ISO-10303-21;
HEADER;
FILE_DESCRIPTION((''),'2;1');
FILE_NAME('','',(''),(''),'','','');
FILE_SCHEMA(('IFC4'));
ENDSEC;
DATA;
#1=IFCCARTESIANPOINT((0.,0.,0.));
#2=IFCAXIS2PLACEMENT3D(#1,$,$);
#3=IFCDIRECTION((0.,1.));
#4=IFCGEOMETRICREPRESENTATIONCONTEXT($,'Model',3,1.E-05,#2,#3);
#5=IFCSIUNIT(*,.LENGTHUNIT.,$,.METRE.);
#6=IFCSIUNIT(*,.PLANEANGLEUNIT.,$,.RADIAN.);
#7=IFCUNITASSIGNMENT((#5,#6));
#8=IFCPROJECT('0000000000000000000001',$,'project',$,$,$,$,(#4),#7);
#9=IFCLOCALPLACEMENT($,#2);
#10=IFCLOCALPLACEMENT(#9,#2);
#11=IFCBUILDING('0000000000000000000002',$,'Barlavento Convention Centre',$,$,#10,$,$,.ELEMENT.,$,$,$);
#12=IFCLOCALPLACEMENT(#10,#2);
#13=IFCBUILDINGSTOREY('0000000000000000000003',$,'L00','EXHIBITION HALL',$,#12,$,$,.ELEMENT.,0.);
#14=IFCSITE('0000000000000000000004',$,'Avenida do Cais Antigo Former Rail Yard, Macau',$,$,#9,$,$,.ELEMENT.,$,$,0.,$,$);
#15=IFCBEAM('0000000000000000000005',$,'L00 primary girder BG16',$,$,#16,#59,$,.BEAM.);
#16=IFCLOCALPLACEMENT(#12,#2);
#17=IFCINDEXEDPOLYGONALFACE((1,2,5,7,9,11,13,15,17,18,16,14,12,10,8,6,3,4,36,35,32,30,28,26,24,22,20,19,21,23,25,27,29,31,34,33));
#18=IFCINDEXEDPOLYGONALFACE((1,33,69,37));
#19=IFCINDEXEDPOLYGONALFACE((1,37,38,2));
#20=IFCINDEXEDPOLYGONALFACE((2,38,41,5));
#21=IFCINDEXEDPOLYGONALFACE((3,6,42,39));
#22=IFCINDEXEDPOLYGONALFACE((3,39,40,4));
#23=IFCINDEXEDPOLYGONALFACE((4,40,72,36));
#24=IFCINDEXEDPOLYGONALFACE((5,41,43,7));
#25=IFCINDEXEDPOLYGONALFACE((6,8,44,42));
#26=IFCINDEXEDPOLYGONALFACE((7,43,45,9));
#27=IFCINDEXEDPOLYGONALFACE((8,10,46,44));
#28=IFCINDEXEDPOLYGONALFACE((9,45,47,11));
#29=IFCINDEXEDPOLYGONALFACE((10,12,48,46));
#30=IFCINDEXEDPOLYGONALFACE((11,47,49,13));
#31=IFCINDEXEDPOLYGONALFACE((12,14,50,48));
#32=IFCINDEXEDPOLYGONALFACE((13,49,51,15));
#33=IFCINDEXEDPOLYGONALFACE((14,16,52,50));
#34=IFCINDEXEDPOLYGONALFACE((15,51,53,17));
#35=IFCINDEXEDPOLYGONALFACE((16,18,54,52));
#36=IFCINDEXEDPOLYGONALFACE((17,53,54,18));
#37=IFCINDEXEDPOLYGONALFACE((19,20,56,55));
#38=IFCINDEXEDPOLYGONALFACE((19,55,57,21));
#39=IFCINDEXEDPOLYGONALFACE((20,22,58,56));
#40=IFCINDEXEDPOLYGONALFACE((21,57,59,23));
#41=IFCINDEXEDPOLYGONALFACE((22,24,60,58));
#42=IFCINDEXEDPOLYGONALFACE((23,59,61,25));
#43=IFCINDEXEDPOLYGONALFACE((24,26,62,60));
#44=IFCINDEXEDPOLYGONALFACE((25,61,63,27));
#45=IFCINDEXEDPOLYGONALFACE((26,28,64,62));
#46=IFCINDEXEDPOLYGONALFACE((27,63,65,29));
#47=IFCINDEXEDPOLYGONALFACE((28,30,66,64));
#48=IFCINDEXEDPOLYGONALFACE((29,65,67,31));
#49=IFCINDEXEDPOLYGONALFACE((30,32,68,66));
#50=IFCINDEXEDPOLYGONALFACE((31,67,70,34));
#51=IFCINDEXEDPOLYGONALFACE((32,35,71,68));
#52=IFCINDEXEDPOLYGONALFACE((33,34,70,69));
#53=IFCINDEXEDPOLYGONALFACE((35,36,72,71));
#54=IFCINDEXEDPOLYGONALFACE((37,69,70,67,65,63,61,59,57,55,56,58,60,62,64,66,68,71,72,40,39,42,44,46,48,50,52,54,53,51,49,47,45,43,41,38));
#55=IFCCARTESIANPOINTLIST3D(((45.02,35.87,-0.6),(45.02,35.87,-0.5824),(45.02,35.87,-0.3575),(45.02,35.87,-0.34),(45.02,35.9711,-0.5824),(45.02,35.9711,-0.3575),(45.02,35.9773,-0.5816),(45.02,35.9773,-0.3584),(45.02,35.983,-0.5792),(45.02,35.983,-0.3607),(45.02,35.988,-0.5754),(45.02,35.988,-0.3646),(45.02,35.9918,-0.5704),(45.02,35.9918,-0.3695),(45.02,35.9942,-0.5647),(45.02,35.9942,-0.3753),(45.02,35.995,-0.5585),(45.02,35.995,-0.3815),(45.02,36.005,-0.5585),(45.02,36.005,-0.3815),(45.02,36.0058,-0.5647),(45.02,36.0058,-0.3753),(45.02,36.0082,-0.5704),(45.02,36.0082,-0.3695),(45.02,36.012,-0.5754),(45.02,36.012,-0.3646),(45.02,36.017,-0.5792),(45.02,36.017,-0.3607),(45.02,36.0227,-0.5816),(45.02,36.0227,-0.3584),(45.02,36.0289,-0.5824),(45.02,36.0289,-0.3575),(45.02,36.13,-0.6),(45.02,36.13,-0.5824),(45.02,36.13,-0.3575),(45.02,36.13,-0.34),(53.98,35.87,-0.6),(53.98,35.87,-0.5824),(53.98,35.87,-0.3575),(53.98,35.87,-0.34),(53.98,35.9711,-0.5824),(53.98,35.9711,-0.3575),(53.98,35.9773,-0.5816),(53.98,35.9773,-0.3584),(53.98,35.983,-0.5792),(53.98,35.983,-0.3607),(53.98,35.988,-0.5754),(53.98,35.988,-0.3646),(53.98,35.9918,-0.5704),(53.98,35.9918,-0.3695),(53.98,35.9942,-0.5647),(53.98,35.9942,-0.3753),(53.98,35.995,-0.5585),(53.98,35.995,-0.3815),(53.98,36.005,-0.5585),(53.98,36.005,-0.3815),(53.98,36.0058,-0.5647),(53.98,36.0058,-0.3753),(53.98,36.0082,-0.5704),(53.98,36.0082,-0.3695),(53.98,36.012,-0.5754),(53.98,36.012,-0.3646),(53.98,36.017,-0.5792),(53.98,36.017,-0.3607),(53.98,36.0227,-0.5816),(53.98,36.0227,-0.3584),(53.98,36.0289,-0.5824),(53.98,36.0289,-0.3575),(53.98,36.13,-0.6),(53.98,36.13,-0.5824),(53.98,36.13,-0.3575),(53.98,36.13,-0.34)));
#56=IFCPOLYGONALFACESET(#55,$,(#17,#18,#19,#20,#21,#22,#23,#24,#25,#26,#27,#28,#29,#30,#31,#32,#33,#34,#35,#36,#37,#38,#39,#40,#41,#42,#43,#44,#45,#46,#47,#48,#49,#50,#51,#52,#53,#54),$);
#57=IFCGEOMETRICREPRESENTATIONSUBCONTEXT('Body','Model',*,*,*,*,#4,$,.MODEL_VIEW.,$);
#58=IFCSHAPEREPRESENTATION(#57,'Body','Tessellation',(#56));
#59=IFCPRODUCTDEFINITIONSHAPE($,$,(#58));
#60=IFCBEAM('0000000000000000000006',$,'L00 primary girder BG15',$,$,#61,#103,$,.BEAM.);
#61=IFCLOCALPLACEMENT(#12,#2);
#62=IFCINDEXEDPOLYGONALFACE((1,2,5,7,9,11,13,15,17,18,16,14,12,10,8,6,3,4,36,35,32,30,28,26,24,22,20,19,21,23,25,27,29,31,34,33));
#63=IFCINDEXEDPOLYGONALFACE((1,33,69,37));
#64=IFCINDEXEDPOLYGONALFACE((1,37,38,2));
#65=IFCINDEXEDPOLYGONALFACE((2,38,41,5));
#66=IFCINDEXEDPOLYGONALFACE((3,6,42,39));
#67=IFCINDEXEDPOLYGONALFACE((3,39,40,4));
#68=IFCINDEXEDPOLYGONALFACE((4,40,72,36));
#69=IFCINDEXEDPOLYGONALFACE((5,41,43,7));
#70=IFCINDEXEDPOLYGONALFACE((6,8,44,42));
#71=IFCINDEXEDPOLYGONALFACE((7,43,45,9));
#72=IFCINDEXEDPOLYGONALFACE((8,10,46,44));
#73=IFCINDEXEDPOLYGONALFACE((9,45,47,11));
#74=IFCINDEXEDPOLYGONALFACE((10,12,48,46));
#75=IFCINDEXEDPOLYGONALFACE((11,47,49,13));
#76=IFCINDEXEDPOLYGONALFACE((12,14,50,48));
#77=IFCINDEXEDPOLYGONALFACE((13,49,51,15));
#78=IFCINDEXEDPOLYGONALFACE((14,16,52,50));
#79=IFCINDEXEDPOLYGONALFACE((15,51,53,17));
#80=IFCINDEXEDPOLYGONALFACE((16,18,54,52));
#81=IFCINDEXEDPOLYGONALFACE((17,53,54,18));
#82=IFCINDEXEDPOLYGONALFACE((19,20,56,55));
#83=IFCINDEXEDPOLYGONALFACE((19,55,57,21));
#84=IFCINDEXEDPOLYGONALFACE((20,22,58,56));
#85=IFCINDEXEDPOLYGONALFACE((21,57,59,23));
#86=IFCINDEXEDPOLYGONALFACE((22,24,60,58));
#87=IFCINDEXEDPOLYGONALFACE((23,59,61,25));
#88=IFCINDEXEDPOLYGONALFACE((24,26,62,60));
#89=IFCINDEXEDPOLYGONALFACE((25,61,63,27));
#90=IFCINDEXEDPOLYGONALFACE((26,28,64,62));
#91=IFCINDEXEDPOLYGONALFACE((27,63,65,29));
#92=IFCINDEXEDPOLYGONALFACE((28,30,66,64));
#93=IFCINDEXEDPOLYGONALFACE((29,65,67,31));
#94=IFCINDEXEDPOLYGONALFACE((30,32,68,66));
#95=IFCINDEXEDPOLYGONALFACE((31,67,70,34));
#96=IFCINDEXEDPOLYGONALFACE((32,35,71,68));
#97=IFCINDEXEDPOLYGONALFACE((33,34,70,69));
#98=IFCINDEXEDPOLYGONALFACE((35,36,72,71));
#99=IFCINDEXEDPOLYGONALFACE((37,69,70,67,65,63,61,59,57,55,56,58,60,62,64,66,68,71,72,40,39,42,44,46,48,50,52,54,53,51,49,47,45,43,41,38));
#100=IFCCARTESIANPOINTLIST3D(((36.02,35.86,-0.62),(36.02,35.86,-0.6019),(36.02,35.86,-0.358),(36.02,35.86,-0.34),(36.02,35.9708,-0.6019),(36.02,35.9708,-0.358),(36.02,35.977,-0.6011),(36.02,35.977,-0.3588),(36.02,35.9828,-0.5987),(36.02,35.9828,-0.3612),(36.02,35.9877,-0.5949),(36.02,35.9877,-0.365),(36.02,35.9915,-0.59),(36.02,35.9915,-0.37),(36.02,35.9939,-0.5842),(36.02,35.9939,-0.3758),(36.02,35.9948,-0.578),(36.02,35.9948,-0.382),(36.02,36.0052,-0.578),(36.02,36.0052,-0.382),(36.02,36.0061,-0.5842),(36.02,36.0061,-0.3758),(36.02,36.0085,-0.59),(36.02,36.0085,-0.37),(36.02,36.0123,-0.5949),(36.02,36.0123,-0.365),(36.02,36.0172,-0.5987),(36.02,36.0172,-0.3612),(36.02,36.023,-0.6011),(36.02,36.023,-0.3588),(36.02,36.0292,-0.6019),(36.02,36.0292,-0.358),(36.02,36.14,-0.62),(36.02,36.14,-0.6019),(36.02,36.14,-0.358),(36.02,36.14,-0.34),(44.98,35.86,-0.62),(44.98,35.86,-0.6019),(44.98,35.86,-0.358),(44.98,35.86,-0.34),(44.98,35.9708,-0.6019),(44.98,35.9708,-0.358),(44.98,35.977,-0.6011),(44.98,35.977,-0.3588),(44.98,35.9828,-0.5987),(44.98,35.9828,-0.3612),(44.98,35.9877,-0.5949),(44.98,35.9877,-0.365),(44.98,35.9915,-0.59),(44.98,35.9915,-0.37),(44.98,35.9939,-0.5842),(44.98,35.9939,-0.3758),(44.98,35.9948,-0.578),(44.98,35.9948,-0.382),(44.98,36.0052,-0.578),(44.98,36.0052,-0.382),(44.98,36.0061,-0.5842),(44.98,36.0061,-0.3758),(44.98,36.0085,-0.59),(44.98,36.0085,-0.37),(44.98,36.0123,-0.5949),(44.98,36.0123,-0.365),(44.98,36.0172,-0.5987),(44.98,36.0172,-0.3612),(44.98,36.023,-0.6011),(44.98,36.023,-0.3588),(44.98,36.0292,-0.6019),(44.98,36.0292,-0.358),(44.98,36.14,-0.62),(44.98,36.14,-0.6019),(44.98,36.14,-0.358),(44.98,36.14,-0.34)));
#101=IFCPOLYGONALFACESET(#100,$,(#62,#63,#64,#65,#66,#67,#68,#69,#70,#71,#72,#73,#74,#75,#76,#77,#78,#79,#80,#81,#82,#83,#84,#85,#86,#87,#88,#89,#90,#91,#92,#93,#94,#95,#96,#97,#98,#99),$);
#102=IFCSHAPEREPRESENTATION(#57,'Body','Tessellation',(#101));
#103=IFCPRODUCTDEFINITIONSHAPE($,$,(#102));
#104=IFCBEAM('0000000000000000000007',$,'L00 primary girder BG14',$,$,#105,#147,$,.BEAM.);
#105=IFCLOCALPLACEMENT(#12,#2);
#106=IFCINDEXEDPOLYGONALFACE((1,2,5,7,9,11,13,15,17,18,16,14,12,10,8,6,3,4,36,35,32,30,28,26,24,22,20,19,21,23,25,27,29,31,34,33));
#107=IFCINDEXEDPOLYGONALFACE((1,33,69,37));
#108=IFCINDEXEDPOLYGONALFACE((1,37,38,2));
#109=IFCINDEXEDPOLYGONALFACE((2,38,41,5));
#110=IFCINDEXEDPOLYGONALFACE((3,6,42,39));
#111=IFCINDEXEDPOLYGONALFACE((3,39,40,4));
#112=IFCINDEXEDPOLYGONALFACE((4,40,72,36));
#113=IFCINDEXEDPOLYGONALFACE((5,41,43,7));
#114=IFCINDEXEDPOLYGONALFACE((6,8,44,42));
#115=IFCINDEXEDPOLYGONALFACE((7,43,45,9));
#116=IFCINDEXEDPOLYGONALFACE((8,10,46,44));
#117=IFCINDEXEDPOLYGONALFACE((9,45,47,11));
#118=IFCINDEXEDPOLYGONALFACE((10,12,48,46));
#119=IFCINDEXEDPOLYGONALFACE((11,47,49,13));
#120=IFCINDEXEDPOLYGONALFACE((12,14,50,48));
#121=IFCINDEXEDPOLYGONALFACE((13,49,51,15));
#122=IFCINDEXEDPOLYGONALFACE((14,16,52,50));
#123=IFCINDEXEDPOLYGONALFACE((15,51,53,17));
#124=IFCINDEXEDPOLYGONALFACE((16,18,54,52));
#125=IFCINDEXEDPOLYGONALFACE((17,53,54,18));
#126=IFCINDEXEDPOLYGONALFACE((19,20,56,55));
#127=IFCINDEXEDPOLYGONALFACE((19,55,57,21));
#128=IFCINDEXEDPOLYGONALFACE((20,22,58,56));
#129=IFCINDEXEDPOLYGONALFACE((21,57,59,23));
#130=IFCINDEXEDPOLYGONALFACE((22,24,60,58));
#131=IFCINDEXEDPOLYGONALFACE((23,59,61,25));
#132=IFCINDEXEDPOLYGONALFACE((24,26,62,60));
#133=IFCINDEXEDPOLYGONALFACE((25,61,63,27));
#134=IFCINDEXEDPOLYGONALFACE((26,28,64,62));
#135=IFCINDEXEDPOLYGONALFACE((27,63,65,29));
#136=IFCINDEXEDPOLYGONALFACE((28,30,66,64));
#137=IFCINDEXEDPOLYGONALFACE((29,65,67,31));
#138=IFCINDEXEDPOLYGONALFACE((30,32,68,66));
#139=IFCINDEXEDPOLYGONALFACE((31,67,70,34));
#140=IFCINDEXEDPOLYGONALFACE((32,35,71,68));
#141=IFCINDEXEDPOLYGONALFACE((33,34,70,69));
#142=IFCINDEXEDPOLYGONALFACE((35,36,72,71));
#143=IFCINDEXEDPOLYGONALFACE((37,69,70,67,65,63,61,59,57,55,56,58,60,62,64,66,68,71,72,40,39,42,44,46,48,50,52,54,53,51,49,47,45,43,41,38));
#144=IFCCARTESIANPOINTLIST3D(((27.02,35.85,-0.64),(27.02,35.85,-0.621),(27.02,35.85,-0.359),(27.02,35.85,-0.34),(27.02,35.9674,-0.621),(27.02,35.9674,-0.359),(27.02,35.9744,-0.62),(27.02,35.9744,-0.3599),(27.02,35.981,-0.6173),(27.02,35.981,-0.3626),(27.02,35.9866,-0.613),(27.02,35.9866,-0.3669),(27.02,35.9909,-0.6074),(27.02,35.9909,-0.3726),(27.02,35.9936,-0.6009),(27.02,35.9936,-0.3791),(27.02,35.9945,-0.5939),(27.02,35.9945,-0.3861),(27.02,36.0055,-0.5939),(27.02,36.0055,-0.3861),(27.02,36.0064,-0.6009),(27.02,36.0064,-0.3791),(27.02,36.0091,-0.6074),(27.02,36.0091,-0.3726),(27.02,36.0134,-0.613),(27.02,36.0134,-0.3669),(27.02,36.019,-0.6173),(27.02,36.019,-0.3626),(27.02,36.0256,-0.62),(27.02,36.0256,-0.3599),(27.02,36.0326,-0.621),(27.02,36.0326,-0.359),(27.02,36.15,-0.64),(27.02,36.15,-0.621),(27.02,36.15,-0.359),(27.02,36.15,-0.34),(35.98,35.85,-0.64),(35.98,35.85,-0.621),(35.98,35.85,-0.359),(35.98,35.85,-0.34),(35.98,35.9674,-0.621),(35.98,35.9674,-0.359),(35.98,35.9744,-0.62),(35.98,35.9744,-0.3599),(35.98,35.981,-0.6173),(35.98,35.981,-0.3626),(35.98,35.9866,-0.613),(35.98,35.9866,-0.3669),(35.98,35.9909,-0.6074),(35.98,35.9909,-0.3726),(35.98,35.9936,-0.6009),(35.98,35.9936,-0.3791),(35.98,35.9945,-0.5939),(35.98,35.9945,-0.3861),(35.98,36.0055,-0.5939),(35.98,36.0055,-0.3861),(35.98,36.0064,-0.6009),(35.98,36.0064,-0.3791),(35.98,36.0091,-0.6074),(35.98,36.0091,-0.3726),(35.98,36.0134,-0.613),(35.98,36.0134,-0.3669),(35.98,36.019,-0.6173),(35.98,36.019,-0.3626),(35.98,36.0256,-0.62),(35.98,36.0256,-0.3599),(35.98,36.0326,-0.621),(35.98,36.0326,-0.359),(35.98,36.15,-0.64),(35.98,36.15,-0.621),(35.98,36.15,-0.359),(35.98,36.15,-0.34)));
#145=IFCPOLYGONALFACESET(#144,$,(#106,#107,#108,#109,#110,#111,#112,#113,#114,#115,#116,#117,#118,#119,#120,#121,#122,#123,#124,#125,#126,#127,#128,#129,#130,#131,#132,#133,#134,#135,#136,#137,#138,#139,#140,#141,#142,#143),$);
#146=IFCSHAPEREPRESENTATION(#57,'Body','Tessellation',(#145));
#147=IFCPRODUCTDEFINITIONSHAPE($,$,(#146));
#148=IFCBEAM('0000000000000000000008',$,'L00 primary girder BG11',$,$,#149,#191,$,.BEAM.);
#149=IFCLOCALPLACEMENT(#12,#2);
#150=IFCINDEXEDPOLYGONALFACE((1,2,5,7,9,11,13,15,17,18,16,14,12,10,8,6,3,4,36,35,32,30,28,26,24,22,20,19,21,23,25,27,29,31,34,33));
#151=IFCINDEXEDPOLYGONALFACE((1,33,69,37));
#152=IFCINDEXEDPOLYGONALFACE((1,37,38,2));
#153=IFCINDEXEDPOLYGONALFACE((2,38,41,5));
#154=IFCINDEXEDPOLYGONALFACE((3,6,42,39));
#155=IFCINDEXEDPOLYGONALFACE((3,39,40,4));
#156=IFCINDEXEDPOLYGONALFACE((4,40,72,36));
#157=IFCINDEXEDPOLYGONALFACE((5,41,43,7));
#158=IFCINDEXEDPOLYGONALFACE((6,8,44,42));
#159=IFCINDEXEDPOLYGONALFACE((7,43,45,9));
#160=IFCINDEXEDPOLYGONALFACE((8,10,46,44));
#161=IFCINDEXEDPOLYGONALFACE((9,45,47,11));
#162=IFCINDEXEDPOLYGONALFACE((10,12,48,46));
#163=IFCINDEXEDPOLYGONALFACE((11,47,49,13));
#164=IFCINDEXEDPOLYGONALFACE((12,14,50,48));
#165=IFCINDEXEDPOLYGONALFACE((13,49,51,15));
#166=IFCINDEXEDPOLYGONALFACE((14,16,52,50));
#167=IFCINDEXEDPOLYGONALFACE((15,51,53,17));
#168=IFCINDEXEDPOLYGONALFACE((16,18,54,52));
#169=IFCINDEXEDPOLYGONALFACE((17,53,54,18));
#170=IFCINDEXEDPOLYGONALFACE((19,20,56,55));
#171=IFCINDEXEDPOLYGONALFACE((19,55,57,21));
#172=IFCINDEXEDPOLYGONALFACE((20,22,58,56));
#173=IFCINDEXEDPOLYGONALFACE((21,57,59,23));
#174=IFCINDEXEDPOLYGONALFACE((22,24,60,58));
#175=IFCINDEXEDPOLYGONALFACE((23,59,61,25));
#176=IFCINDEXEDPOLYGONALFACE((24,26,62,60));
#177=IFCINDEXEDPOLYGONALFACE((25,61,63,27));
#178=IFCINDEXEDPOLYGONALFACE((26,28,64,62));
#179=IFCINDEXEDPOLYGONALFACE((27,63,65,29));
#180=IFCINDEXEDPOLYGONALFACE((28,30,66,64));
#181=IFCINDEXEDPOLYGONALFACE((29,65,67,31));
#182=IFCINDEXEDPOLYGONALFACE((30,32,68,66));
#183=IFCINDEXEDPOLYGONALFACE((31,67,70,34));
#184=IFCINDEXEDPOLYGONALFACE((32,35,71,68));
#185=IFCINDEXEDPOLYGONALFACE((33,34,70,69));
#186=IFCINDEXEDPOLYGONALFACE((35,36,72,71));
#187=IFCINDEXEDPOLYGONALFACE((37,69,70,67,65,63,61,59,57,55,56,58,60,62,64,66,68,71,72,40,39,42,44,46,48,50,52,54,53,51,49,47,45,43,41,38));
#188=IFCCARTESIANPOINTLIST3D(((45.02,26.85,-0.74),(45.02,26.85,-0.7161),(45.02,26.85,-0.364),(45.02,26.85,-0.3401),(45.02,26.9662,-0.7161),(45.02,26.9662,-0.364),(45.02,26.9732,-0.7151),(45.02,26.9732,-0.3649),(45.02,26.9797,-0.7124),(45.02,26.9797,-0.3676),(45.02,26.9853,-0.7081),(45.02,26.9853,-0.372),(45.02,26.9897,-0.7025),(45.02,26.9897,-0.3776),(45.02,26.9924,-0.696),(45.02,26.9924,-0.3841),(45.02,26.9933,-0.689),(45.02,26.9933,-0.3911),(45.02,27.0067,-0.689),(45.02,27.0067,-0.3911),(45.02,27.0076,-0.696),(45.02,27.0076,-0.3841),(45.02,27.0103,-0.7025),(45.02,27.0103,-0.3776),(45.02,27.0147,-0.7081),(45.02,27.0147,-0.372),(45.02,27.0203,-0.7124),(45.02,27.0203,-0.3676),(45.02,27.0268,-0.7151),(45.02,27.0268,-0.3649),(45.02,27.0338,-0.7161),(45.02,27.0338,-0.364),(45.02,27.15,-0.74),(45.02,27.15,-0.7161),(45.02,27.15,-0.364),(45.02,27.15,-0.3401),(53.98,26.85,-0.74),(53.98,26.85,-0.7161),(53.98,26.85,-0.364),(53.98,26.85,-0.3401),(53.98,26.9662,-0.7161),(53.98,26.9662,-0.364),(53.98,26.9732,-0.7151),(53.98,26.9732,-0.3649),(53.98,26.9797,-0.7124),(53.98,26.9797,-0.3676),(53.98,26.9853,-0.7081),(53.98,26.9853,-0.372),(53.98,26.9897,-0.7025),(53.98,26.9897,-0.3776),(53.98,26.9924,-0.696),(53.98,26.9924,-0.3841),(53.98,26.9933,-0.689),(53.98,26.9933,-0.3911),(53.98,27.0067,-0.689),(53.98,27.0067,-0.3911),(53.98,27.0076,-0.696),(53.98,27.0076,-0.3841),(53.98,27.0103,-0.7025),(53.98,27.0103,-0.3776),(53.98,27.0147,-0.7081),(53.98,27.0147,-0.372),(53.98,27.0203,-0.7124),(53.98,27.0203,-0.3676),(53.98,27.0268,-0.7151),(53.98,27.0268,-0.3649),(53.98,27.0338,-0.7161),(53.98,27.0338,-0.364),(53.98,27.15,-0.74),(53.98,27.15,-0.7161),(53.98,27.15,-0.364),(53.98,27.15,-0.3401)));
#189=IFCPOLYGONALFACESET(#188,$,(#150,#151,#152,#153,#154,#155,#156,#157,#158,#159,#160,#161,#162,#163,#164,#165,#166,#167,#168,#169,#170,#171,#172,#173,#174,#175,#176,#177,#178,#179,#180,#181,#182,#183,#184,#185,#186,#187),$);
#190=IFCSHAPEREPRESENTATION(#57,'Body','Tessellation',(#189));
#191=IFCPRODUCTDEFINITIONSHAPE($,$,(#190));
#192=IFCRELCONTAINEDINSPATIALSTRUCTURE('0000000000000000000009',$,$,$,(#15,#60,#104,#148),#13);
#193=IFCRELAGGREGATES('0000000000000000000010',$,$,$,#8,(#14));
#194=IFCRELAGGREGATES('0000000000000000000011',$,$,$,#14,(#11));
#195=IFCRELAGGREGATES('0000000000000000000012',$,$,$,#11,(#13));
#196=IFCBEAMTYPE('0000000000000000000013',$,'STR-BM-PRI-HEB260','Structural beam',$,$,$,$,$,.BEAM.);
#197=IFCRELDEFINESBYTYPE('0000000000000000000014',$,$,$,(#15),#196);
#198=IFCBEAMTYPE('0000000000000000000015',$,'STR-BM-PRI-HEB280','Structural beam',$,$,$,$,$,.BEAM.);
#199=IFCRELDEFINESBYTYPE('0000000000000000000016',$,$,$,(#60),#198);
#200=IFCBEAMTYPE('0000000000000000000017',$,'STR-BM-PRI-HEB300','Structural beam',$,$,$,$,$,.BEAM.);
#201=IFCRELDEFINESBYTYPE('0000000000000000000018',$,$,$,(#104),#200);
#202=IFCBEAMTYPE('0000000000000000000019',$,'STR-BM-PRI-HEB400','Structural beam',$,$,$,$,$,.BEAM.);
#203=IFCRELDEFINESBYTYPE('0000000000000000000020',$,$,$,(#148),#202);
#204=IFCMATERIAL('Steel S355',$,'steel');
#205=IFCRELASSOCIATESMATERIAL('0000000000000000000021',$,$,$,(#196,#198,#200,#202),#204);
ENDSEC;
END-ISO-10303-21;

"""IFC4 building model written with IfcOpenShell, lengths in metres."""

from ifc_helpers import new_model, si_unit, direction, frame, origin, origin_2d, place, context, subcontext, project, spatial, i_section, extrude, material, material_profile, profile_set, type_object, element, save


model = new_model("IFC4")

# Units and contexts
model_context = context("Model", 3, precision=1e-05, world=origin(), true_north=direction((0.0, 1.0)))
body_context = subcontext(model_context, "Body", "Model", "MODEL_VIEW")
ifc_project = project(units=[si_unit("LENGTHUNIT", "METRE"), si_unit("PLANEANGLEUNIT", "RADIAN")], contexts=[model_context])

# Site, building, storey
site_placement = place(None, origin())
site = spatial("IfcSite", under=ifc_project, at=site_placement, Name="Avenida do Cais Antigo Former Rail Yard, Macau", CompositionType="ELEMENT", RefElevation=0.0)
building_placement = place(site_placement, origin())
building = spatial("IfcBuilding", under=site, at=building_placement, Name="Barlavento Convention Centre", CompositionType="ELEMENT")
storey_placement = place(building_placement, origin())
storey = spatial("IfcBuildingStorey", under=building, at=storey_placement, Name="L00", Description="EXHIBITION HALL", CompositionType="ELEMENT", Elevation=0.0)

# Beams
ifc_material_1 = material(Name="Steel S355", Category="steel")
ifc_material_profile_1 = material_profile(ifc_material_1, i_section(OverallWidth=0.26, OverallDepth=0.26, WebThickness=0.01, FlangeThickness=0.0176, FilletRadius=0.0239, at=origin_2d()), Name="HEB 260")
ifc_profile_set_1 = profile_set([ifc_material_profile_1], Name="Steel S355")
beam_type_1 = type_object("IfcBeamType", Name="STR-BM-PRI-HEB260", Description="Structural beam", PredefinedType="BEAM", material=ifc_profile_set_1)
beam_1_placement = place(storey_placement, frame((45.02, 36.0, -0.47), z_axis=(1.0, 0.0, 0.0), x_axis=(0.0, 1.0, 0.0)))
element("IfcBeam", 1, at=beam_1_placement, inside=storey, type_object=beam_type_1, Name="L00 primary girder BG16", PredefinedType="BEAM", context=body_context, shape_type="SweptSolid", body=[
    extrude(i_section(OverallWidth=0.26, OverallDepth=0.26, WebThickness=0.01, FlangeThickness=0.0176, FilletRadius=0.0239, at=origin_2d()), origin(), (0.0, 0.0, 1.0), 8.96),
])
ifc_material_profile_2 = material_profile(ifc_material_1, i_section(OverallWidth=0.28, OverallDepth=0.28, WebThickness=0.0105, FlangeThickness=0.0181, FilletRadius=0.0239, at=origin_2d()), Name="HEB 280")
ifc_profile_set_2 = profile_set([ifc_material_profile_2], Name="Steel S355")
beam_type_2 = type_object("IfcBeamType", Name="STR-BM-PRI-HEB280", Description="Structural beam", PredefinedType="BEAM", material=ifc_profile_set_2)
beam_2_placement = place(storey_placement, frame((36.02, 36.0, -0.48), z_axis=(1.0, 0.0, 0.0), x_axis=(0.0, 1.0, 0.0)))
element("IfcBeam", 2, at=beam_2_placement, inside=storey, type_object=beam_type_2, Name="L00 primary girder BG15", PredefinedType="BEAM", context=body_context, shape_type="SweptSolid", body=[
    extrude(i_section(OverallWidth=0.28, OverallDepth=0.28, WebThickness=0.0105, FlangeThickness=0.0181, FilletRadius=0.0239, at=origin_2d()), origin(), (0.0, 0.0, 1.0), 8.96),
])
ifc_material_profile_3 = material_profile(ifc_material_1, i_section(OverallWidth=0.3, OverallDepth=0.3, WebThickness=0.011, FlangeThickness=0.019, FilletRadius=0.0271, at=origin_2d()), Name="HEB 300")
ifc_profile_set_3 = profile_set([ifc_material_profile_3], Name="Steel S355")
beam_type_3 = type_object("IfcBeamType", Name="STR-BM-PRI-HEB300", Description="Structural beam", PredefinedType="BEAM", material=ifc_profile_set_3)
beam_3_placement = place(storey_placement, frame((27.02, 36.0, -0.49), z_axis=(1.0, 0.0, 0.0), x_axis=(0.0, 1.0, 0.0)))
element("IfcBeam", 3, at=beam_3_placement, inside=storey, type_object=beam_type_3, Name="L00 primary girder BG14", PredefinedType="BEAM", context=body_context, shape_type="SweptSolid", body=[
    extrude(i_section(OverallWidth=0.3, OverallDepth=0.3, WebThickness=0.011, FlangeThickness=0.019, FilletRadius=0.0271, at=origin_2d()), origin(), (0.0, 0.0, 1.0), 8.96),
])
ifc_material_profile_4 = material_profile(ifc_material_1, i_section(OverallWidth=0.3, OverallDepth=0.3999, WebThickness=0.0134, FlangeThickness=0.0239, FilletRadius=0.0271, at=origin_2d()), Name="HEB 400")
ifc_profile_set_4 = profile_set([ifc_material_profile_4], Name="Steel S355")
beam_type_4 = type_object("IfcBeamType", Name="STR-BM-PRI-HEB400", Description="Structural beam", PredefinedType="BEAM", material=ifc_profile_set_4)
beam_4_placement = place(storey_placement, frame((45.02, 27.0, -0.54), z_axis=(1.0, 0.0, 0.0), x_axis=(0.0, 1.0, 0.0)))
element("IfcBeam", 4, at=beam_4_placement, inside=storey, type_object=beam_type_4, Name="L00 primary girder BG11", PredefinedType="BEAM", context=body_context, shape_type="SweptSolid", body=[
    extrude(i_section(OverallWidth=0.3, OverallDepth=0.3999, WebThickness=0.0134, FlangeThickness=0.0239, FilletRadius=0.0271, at=origin_2d()), origin(), (0.0, 0.0, 1.0), 8.96),
])

save(model, "model.ifc")
